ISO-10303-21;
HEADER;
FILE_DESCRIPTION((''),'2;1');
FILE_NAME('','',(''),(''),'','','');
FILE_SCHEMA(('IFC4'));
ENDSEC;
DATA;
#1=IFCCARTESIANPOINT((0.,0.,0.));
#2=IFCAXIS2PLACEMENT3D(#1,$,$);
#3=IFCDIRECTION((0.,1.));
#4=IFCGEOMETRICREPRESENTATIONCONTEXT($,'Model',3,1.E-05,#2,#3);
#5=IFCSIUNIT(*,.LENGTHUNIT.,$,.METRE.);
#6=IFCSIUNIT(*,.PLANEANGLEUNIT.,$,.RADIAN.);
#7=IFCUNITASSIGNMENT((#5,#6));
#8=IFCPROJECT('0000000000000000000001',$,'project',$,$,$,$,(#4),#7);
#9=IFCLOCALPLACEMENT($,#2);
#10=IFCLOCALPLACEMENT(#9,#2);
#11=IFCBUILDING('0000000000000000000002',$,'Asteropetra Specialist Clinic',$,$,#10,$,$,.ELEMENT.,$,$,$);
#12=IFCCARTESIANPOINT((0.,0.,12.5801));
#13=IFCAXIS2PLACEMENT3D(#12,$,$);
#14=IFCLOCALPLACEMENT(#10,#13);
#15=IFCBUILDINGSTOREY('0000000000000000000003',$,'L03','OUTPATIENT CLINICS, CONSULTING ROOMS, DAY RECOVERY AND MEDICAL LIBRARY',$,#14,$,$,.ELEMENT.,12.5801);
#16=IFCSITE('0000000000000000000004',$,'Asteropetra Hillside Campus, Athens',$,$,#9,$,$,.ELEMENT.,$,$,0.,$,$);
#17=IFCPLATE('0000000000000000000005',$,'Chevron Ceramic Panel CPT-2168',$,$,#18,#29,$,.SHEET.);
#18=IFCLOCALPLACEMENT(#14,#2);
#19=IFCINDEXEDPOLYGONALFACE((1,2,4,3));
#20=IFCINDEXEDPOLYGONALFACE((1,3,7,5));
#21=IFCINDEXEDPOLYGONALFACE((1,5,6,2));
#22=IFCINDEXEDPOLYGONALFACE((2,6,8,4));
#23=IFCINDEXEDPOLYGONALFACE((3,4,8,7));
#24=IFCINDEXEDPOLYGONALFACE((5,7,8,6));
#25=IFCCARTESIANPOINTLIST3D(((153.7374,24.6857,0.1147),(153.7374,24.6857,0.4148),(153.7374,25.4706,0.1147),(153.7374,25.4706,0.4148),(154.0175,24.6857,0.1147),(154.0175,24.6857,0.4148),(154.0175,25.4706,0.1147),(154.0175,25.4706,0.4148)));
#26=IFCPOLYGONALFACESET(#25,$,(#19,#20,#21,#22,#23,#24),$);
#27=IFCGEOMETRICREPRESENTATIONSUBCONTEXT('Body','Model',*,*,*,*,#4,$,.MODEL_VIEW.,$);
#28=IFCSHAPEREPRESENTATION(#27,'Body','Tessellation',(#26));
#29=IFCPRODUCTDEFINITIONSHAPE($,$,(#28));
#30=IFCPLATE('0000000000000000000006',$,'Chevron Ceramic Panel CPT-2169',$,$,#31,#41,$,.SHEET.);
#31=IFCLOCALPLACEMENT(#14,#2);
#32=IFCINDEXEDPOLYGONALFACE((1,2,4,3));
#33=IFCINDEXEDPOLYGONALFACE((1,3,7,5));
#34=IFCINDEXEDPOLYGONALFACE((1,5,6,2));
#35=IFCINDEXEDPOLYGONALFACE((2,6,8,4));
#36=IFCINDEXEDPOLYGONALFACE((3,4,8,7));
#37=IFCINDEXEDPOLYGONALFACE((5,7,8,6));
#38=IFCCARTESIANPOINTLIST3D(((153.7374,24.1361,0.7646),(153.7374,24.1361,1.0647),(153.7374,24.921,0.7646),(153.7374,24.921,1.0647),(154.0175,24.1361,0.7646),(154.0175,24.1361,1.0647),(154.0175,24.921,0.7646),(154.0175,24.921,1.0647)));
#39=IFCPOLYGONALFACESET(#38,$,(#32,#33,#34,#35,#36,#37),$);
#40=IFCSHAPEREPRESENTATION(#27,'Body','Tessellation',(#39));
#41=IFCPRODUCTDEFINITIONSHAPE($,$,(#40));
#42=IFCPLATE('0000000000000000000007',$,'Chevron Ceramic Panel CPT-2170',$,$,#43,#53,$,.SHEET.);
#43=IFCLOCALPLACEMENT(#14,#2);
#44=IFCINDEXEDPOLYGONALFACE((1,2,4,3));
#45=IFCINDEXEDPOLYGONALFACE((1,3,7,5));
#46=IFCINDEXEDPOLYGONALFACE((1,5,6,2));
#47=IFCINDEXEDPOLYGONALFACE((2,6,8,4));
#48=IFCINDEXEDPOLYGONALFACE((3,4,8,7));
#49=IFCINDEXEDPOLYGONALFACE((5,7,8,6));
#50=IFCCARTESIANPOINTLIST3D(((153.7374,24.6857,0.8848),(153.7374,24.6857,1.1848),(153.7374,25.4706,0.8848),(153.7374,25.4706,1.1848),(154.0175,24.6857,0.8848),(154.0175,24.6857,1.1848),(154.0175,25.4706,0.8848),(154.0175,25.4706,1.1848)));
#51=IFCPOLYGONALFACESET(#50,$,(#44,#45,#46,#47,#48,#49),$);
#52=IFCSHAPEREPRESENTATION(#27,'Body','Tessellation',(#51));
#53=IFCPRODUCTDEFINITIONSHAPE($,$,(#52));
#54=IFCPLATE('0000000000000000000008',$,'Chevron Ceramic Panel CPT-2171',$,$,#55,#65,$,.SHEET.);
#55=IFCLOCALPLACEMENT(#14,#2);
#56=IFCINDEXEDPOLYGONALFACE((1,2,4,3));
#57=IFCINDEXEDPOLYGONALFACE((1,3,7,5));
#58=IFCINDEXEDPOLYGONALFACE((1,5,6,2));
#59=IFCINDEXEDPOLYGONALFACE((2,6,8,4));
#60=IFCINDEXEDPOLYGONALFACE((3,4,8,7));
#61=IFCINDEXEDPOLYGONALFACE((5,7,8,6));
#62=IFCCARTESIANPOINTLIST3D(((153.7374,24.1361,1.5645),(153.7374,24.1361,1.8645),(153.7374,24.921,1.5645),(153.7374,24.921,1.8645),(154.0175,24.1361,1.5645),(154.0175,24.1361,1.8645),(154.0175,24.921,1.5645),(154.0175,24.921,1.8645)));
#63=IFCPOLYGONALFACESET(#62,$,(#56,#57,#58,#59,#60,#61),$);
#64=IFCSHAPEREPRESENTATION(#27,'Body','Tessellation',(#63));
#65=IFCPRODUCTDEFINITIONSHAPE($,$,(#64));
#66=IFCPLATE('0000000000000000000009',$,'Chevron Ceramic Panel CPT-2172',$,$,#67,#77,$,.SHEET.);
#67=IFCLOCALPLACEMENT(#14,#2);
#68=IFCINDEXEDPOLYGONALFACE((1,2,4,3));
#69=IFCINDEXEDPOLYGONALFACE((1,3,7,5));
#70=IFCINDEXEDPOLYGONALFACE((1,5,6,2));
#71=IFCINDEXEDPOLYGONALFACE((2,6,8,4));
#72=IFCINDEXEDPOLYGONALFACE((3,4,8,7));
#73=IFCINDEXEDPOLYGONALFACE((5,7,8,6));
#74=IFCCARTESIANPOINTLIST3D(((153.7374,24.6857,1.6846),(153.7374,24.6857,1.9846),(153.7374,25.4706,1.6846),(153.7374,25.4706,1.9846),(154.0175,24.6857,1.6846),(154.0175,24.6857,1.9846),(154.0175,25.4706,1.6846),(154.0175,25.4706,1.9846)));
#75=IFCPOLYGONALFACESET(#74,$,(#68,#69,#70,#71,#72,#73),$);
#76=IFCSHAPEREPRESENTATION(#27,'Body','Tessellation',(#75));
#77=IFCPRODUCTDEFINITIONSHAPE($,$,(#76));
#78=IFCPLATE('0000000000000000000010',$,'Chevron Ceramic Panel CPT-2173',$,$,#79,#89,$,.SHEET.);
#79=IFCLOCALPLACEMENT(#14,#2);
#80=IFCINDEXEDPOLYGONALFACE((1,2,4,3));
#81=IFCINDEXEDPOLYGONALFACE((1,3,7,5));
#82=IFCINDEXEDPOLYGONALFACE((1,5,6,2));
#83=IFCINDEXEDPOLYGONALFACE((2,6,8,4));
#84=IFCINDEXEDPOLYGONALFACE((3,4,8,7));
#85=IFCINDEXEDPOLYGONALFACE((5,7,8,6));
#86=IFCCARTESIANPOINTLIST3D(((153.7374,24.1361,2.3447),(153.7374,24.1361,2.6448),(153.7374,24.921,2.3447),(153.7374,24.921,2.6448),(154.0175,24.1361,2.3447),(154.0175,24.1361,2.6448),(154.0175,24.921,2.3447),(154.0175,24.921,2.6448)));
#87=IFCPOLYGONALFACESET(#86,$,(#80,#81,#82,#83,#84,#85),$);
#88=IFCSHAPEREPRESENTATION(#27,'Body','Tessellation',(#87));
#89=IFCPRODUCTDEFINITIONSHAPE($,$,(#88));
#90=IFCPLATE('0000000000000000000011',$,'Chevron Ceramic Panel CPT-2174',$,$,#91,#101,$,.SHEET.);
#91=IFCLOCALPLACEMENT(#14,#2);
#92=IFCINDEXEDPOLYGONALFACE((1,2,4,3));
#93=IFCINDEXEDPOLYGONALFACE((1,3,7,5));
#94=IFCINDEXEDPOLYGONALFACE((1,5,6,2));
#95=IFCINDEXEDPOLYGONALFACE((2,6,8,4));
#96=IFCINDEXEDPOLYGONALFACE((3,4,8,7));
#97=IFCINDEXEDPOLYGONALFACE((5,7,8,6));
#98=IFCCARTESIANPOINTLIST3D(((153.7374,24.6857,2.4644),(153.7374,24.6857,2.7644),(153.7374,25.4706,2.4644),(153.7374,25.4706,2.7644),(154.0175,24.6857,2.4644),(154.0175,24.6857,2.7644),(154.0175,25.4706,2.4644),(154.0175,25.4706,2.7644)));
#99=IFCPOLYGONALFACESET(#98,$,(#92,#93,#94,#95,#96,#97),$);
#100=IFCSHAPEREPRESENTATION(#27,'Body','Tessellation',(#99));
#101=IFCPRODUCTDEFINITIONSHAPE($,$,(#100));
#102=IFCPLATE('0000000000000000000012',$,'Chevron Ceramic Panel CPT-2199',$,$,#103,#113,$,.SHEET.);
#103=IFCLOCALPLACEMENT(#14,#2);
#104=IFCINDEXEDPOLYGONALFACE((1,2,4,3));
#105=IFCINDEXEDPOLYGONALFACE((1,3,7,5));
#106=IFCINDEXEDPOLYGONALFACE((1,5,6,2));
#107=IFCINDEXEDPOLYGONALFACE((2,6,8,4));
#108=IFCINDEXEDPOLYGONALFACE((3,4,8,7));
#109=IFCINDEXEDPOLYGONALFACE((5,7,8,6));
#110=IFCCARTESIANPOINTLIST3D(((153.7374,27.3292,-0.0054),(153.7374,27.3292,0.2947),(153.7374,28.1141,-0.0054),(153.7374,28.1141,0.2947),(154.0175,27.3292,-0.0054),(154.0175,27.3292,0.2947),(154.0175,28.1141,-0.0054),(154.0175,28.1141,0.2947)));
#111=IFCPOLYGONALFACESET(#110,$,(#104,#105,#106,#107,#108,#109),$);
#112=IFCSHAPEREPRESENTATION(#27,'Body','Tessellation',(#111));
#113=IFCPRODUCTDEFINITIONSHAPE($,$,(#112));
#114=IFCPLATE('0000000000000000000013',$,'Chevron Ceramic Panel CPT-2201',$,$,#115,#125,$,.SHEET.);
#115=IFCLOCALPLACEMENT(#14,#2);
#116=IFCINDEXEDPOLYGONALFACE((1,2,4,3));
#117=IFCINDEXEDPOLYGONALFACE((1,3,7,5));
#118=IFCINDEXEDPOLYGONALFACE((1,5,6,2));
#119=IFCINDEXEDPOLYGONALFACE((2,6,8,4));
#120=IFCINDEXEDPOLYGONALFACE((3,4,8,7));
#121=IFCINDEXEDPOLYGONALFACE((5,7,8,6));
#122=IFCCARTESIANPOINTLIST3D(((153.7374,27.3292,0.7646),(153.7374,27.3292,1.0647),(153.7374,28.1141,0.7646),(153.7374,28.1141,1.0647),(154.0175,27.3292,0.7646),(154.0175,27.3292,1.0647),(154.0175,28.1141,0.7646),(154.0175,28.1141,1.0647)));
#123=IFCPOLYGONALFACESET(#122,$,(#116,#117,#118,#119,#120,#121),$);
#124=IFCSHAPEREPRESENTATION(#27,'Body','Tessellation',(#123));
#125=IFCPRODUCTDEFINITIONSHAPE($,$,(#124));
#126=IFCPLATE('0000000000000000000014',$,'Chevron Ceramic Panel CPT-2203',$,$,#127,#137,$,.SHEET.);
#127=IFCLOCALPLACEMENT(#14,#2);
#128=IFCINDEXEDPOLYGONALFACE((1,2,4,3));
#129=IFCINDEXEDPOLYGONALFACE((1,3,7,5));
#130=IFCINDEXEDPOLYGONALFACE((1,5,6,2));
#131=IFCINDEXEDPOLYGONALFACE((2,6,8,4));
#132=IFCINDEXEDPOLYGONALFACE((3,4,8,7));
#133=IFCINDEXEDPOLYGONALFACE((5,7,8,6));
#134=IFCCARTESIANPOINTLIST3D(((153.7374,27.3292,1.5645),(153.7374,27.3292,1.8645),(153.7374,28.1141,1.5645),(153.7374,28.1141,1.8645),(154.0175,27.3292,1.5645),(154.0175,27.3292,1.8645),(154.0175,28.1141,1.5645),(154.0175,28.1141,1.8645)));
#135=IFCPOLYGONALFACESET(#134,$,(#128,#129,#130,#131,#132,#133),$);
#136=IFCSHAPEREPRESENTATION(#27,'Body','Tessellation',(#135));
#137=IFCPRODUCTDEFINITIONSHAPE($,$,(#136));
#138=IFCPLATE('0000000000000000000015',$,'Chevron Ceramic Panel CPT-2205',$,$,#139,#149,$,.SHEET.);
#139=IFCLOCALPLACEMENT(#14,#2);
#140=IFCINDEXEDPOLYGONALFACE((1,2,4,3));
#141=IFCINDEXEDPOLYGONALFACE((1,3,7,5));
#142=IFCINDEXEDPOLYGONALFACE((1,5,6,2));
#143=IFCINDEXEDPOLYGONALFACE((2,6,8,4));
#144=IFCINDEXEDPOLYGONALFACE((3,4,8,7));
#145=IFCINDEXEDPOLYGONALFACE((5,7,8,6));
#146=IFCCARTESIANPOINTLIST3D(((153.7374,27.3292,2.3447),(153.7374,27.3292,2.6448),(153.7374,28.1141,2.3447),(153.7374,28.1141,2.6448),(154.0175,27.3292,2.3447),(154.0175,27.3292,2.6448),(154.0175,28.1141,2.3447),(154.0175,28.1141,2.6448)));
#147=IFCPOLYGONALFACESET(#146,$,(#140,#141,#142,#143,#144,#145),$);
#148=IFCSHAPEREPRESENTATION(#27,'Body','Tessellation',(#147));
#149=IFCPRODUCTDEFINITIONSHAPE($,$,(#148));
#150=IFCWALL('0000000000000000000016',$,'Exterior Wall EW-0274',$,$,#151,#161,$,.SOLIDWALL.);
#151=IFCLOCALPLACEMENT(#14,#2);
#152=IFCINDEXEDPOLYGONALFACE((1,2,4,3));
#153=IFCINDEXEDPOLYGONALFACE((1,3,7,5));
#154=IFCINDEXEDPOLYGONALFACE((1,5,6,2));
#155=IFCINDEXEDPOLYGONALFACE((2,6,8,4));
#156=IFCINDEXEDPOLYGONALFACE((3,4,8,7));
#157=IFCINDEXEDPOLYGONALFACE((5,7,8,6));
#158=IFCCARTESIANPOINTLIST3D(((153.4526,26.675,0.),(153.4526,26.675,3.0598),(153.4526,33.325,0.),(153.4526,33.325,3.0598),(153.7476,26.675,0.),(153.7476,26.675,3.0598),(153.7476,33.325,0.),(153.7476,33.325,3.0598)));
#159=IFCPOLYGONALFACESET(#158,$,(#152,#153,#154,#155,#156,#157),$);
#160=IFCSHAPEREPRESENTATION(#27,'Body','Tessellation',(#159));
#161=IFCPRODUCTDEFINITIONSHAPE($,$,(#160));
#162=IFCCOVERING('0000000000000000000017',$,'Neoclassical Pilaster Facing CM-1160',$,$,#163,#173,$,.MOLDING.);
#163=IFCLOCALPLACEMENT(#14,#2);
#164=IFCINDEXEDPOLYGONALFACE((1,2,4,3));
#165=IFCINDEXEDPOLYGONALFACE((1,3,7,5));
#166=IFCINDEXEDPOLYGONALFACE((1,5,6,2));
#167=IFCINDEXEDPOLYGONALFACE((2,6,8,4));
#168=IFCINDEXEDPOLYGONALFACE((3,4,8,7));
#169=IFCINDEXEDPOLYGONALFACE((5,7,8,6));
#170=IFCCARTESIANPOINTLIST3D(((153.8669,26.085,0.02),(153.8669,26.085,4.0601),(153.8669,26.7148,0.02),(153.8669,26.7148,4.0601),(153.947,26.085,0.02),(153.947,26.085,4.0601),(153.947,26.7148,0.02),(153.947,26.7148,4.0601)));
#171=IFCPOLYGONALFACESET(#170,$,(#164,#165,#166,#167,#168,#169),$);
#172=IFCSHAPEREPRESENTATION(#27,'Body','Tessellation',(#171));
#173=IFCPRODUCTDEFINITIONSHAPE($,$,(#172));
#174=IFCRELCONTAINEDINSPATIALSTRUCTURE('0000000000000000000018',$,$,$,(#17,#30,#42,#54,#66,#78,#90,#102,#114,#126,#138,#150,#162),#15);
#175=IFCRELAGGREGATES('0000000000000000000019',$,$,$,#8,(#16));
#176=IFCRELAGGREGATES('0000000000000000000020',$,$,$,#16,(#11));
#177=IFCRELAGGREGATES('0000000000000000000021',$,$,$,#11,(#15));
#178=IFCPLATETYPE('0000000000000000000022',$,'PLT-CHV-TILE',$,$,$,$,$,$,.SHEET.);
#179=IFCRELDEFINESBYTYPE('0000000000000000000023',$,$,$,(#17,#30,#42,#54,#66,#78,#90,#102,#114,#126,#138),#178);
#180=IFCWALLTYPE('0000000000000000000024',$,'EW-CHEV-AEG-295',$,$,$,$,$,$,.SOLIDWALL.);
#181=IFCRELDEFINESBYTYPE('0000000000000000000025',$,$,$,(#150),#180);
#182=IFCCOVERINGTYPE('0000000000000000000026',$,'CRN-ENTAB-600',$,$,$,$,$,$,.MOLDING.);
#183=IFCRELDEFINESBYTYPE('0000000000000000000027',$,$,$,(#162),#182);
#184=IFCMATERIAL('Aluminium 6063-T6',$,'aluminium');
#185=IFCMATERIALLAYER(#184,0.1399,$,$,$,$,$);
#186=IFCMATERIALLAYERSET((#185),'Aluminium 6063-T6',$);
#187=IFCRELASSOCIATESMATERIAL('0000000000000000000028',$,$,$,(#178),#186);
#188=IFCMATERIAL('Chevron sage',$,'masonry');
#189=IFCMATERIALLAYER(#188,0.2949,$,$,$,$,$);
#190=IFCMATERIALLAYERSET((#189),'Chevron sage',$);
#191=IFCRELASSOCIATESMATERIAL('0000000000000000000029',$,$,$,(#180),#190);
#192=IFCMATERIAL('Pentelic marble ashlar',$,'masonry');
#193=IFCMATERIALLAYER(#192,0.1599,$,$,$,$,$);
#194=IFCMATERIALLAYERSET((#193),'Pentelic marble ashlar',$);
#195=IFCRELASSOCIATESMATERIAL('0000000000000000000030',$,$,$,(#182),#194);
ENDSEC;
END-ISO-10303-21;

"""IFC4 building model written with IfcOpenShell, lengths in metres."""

from ifc_helpers import new_model, si_unit, direction, frame, frame_2d, origin, origin_2d, place, context, subcontext, project, spatial, rectangle, extrude, material, layer, layer_set, type_object, element, save


model = new_model("IFC4")

# Units and contexts
model_context = context("Model", 3, precision=1e-05, world=origin(), true_north=direction((0.0, 1.0)))
body_context = subcontext(model_context, "Body", "Model", "MODEL_VIEW")
ifc_project = project(units=[si_unit("LENGTHUNIT", "METRE"), si_unit("PLANEANGLEUNIT", "RADIAN")], contexts=[model_context])

# Site, building, storey
site_placement = place(None, origin())
site = spatial("IfcSite", under=ifc_project, at=site_placement, Name="Asteropetra Hillside Campus, Athens", CompositionType="ELEMENT", RefElevation=0.0)
building_placement = place(site_placement, origin())
building = spatial("IfcBuilding", under=site, at=building_placement, Name="Asteropetra Specialist Clinic", CompositionType="ELEMENT")
storey_placement = place(building_placement, frame((0.0, 0.0, 12.5801)))
storey = spatial("IfcBuildingStorey", under=building, at=storey_placement, Name="L03", Description="OUTPATIENT CLINICS, CONSULTING ROOMS, DAY RECOVERY AND MEDICAL LIBRARY", CompositionType="ELEMENT", Elevation=12.5801)

# Plates
ifc_material_1 = material(Name="Aluminium 6063-T6", Category="aluminium")
ifc_layer_1 = layer(ifc_material_1, 0.1399)
ifc_layer_set_1 = layer_set([ifc_layer_1], Name="Aluminium 6063-T6")
plate_type_1 = type_object("IfcPlateType", Name="PLT-CHV-TILE", PredefinedType="SHEET", material=ifc_layer_set_1)
for number, where, z_axis, x_axis, name in (
    (1, (153.8774, 25.0781, 0.1147), (0.0, 0.0, 1.0), (1.0, 0.0, 0.0), "Chevron Ceramic Panel CPT-2168"),
    (2, (153.8774, 24.5286, 0.7646), (0.0, 0.0, 1.0), (1.0, 0.0, 0.0), "Chevron Ceramic Panel CPT-2169"),
    (3, (153.8774, 25.0781, 0.8848), (0.0, 0.0, 1.0), (1.0, 0.0, 0.0), "Chevron Ceramic Panel CPT-2170"),
    (4, (153.8774, 24.5286, 1.5645), (0.0, 0.0, 1.0), (1.0, 0.0, 0.0), "Chevron Ceramic Panel CPT-2171"),
    (5, (153.8774, 25.0781, 1.6846), (0.0, 0.0, 1.0), (1.0, 0.0, 0.0), "Chevron Ceramic Panel CPT-2172"),
    (6, (153.8774, 24.5286, 2.3447), (0.0, 0.0, 1.0), (1.0, 0.0, 0.0), "Chevron Ceramic Panel CPT-2173"),
    (7, (153.8774, 25.0781, 2.4644), (0.0, 0.0, 1.0), (1.0, 0.0, 0.0), "Chevron Ceramic Panel CPT-2174"),
    (8, (153.8774, 27.7217, -0.0054), (0.0, 0.0, 1.0), (1.0, 0.0, 0.0), "Chevron Ceramic Panel CPT-2199"),
    (9, (153.8774, 27.7217, 0.7646), (0.0, 0.0, 1.0), (1.0, 0.0, 0.0), "Chevron Ceramic Panel CPT-2201"),
    (10, (153.8774, 27.7217, 1.5645), (0.0, 0.0, 1.0), (1.0, 0.0, 0.0), "Chevron Ceramic Panel CPT-2203"),
    (11, (153.8774, 27.7217, 2.3447), (0.0, 0.0, 1.0), (1.0, 0.0, 0.0), "Chevron Ceramic Panel CPT-2205"),
):
    element("IfcPlate", number, at=place(storey_placement, frame(where, z_axis=z_axis, x_axis=x_axis)), inside=storey, type_object=plate_type_1, Name=name, PredefinedType="SHEET", context=body_context, shape_type="SweptSolid", body=[
        extrude(rectangle(XDim=0.28, YDim=0.7849, at=origin_2d()), origin(), (0.0, 0.0, 1.0), 0.3),
    ])

# Wall
ifc_material_2 = material(Name="Chevron sage", Category="masonry")
ifc_layer_2 = layer(ifc_material_2, 0.2949)
ifc_layer_set_2 = layer_set([ifc_layer_2], Name="Chevron sage")
wall_type = type_object("IfcWallType", Name="EW-CHEV-AEG-295", PredefinedType="SOLIDWALL", material=ifc_layer_set_2)
wall_placement = place(storey_placement, frame((153.6001, 26.675, 0.0), z_axis=(0.0, 0.0, 1.0), x_axis=(0.0, 1.0, 0.0)))
element("IfcWall", 12, at=wall_placement, inside=storey, type_object=wall_type, Name="Exterior Wall EW-0274", PredefinedType="SOLIDWALL", context=body_context, shape_type="SweptSolid", body=[
    extrude(rectangle(XDim=6.6499, YDim=0.2949, at=frame_2d((3.325, 0.0))), origin(), (0.0, 0.0, 1.0), 3.0598),
])

# Covering
ifc_material_3 = material(Name="Pentelic marble ashlar", Category="masonry")
ifc_layer_3 = layer(ifc_material_3, 0.1599)
ifc_layer_set_3 = layer_set([ifc_layer_3], Name="Pentelic marble ashlar")
covering_type = type_object("IfcCoveringType", Name="CRN-ENTAB-600", PredefinedType="MOLDING", material=ifc_layer_set_3)
covering_placement = place(storey_placement, frame((153.907, 26.3999, 0.02), z_axis=(0.0, 0.0, 1.0), x_axis=(1.0, 0.0, 0.0)))
element("IfcCovering", 13, at=covering_placement, inside=storey, type_object=covering_type, Name="Neoclassical Pilaster Facing CM-1160", PredefinedType="MOLDING", context=body_context, shape_type="SweptSolid", body=[
    extrude(rectangle(XDim=0.0801, YDim=0.6299, at=origin_2d()), origin(), (0.0, 0.0, 1.0), 4.04),
])

save(model, "model.ifc")
